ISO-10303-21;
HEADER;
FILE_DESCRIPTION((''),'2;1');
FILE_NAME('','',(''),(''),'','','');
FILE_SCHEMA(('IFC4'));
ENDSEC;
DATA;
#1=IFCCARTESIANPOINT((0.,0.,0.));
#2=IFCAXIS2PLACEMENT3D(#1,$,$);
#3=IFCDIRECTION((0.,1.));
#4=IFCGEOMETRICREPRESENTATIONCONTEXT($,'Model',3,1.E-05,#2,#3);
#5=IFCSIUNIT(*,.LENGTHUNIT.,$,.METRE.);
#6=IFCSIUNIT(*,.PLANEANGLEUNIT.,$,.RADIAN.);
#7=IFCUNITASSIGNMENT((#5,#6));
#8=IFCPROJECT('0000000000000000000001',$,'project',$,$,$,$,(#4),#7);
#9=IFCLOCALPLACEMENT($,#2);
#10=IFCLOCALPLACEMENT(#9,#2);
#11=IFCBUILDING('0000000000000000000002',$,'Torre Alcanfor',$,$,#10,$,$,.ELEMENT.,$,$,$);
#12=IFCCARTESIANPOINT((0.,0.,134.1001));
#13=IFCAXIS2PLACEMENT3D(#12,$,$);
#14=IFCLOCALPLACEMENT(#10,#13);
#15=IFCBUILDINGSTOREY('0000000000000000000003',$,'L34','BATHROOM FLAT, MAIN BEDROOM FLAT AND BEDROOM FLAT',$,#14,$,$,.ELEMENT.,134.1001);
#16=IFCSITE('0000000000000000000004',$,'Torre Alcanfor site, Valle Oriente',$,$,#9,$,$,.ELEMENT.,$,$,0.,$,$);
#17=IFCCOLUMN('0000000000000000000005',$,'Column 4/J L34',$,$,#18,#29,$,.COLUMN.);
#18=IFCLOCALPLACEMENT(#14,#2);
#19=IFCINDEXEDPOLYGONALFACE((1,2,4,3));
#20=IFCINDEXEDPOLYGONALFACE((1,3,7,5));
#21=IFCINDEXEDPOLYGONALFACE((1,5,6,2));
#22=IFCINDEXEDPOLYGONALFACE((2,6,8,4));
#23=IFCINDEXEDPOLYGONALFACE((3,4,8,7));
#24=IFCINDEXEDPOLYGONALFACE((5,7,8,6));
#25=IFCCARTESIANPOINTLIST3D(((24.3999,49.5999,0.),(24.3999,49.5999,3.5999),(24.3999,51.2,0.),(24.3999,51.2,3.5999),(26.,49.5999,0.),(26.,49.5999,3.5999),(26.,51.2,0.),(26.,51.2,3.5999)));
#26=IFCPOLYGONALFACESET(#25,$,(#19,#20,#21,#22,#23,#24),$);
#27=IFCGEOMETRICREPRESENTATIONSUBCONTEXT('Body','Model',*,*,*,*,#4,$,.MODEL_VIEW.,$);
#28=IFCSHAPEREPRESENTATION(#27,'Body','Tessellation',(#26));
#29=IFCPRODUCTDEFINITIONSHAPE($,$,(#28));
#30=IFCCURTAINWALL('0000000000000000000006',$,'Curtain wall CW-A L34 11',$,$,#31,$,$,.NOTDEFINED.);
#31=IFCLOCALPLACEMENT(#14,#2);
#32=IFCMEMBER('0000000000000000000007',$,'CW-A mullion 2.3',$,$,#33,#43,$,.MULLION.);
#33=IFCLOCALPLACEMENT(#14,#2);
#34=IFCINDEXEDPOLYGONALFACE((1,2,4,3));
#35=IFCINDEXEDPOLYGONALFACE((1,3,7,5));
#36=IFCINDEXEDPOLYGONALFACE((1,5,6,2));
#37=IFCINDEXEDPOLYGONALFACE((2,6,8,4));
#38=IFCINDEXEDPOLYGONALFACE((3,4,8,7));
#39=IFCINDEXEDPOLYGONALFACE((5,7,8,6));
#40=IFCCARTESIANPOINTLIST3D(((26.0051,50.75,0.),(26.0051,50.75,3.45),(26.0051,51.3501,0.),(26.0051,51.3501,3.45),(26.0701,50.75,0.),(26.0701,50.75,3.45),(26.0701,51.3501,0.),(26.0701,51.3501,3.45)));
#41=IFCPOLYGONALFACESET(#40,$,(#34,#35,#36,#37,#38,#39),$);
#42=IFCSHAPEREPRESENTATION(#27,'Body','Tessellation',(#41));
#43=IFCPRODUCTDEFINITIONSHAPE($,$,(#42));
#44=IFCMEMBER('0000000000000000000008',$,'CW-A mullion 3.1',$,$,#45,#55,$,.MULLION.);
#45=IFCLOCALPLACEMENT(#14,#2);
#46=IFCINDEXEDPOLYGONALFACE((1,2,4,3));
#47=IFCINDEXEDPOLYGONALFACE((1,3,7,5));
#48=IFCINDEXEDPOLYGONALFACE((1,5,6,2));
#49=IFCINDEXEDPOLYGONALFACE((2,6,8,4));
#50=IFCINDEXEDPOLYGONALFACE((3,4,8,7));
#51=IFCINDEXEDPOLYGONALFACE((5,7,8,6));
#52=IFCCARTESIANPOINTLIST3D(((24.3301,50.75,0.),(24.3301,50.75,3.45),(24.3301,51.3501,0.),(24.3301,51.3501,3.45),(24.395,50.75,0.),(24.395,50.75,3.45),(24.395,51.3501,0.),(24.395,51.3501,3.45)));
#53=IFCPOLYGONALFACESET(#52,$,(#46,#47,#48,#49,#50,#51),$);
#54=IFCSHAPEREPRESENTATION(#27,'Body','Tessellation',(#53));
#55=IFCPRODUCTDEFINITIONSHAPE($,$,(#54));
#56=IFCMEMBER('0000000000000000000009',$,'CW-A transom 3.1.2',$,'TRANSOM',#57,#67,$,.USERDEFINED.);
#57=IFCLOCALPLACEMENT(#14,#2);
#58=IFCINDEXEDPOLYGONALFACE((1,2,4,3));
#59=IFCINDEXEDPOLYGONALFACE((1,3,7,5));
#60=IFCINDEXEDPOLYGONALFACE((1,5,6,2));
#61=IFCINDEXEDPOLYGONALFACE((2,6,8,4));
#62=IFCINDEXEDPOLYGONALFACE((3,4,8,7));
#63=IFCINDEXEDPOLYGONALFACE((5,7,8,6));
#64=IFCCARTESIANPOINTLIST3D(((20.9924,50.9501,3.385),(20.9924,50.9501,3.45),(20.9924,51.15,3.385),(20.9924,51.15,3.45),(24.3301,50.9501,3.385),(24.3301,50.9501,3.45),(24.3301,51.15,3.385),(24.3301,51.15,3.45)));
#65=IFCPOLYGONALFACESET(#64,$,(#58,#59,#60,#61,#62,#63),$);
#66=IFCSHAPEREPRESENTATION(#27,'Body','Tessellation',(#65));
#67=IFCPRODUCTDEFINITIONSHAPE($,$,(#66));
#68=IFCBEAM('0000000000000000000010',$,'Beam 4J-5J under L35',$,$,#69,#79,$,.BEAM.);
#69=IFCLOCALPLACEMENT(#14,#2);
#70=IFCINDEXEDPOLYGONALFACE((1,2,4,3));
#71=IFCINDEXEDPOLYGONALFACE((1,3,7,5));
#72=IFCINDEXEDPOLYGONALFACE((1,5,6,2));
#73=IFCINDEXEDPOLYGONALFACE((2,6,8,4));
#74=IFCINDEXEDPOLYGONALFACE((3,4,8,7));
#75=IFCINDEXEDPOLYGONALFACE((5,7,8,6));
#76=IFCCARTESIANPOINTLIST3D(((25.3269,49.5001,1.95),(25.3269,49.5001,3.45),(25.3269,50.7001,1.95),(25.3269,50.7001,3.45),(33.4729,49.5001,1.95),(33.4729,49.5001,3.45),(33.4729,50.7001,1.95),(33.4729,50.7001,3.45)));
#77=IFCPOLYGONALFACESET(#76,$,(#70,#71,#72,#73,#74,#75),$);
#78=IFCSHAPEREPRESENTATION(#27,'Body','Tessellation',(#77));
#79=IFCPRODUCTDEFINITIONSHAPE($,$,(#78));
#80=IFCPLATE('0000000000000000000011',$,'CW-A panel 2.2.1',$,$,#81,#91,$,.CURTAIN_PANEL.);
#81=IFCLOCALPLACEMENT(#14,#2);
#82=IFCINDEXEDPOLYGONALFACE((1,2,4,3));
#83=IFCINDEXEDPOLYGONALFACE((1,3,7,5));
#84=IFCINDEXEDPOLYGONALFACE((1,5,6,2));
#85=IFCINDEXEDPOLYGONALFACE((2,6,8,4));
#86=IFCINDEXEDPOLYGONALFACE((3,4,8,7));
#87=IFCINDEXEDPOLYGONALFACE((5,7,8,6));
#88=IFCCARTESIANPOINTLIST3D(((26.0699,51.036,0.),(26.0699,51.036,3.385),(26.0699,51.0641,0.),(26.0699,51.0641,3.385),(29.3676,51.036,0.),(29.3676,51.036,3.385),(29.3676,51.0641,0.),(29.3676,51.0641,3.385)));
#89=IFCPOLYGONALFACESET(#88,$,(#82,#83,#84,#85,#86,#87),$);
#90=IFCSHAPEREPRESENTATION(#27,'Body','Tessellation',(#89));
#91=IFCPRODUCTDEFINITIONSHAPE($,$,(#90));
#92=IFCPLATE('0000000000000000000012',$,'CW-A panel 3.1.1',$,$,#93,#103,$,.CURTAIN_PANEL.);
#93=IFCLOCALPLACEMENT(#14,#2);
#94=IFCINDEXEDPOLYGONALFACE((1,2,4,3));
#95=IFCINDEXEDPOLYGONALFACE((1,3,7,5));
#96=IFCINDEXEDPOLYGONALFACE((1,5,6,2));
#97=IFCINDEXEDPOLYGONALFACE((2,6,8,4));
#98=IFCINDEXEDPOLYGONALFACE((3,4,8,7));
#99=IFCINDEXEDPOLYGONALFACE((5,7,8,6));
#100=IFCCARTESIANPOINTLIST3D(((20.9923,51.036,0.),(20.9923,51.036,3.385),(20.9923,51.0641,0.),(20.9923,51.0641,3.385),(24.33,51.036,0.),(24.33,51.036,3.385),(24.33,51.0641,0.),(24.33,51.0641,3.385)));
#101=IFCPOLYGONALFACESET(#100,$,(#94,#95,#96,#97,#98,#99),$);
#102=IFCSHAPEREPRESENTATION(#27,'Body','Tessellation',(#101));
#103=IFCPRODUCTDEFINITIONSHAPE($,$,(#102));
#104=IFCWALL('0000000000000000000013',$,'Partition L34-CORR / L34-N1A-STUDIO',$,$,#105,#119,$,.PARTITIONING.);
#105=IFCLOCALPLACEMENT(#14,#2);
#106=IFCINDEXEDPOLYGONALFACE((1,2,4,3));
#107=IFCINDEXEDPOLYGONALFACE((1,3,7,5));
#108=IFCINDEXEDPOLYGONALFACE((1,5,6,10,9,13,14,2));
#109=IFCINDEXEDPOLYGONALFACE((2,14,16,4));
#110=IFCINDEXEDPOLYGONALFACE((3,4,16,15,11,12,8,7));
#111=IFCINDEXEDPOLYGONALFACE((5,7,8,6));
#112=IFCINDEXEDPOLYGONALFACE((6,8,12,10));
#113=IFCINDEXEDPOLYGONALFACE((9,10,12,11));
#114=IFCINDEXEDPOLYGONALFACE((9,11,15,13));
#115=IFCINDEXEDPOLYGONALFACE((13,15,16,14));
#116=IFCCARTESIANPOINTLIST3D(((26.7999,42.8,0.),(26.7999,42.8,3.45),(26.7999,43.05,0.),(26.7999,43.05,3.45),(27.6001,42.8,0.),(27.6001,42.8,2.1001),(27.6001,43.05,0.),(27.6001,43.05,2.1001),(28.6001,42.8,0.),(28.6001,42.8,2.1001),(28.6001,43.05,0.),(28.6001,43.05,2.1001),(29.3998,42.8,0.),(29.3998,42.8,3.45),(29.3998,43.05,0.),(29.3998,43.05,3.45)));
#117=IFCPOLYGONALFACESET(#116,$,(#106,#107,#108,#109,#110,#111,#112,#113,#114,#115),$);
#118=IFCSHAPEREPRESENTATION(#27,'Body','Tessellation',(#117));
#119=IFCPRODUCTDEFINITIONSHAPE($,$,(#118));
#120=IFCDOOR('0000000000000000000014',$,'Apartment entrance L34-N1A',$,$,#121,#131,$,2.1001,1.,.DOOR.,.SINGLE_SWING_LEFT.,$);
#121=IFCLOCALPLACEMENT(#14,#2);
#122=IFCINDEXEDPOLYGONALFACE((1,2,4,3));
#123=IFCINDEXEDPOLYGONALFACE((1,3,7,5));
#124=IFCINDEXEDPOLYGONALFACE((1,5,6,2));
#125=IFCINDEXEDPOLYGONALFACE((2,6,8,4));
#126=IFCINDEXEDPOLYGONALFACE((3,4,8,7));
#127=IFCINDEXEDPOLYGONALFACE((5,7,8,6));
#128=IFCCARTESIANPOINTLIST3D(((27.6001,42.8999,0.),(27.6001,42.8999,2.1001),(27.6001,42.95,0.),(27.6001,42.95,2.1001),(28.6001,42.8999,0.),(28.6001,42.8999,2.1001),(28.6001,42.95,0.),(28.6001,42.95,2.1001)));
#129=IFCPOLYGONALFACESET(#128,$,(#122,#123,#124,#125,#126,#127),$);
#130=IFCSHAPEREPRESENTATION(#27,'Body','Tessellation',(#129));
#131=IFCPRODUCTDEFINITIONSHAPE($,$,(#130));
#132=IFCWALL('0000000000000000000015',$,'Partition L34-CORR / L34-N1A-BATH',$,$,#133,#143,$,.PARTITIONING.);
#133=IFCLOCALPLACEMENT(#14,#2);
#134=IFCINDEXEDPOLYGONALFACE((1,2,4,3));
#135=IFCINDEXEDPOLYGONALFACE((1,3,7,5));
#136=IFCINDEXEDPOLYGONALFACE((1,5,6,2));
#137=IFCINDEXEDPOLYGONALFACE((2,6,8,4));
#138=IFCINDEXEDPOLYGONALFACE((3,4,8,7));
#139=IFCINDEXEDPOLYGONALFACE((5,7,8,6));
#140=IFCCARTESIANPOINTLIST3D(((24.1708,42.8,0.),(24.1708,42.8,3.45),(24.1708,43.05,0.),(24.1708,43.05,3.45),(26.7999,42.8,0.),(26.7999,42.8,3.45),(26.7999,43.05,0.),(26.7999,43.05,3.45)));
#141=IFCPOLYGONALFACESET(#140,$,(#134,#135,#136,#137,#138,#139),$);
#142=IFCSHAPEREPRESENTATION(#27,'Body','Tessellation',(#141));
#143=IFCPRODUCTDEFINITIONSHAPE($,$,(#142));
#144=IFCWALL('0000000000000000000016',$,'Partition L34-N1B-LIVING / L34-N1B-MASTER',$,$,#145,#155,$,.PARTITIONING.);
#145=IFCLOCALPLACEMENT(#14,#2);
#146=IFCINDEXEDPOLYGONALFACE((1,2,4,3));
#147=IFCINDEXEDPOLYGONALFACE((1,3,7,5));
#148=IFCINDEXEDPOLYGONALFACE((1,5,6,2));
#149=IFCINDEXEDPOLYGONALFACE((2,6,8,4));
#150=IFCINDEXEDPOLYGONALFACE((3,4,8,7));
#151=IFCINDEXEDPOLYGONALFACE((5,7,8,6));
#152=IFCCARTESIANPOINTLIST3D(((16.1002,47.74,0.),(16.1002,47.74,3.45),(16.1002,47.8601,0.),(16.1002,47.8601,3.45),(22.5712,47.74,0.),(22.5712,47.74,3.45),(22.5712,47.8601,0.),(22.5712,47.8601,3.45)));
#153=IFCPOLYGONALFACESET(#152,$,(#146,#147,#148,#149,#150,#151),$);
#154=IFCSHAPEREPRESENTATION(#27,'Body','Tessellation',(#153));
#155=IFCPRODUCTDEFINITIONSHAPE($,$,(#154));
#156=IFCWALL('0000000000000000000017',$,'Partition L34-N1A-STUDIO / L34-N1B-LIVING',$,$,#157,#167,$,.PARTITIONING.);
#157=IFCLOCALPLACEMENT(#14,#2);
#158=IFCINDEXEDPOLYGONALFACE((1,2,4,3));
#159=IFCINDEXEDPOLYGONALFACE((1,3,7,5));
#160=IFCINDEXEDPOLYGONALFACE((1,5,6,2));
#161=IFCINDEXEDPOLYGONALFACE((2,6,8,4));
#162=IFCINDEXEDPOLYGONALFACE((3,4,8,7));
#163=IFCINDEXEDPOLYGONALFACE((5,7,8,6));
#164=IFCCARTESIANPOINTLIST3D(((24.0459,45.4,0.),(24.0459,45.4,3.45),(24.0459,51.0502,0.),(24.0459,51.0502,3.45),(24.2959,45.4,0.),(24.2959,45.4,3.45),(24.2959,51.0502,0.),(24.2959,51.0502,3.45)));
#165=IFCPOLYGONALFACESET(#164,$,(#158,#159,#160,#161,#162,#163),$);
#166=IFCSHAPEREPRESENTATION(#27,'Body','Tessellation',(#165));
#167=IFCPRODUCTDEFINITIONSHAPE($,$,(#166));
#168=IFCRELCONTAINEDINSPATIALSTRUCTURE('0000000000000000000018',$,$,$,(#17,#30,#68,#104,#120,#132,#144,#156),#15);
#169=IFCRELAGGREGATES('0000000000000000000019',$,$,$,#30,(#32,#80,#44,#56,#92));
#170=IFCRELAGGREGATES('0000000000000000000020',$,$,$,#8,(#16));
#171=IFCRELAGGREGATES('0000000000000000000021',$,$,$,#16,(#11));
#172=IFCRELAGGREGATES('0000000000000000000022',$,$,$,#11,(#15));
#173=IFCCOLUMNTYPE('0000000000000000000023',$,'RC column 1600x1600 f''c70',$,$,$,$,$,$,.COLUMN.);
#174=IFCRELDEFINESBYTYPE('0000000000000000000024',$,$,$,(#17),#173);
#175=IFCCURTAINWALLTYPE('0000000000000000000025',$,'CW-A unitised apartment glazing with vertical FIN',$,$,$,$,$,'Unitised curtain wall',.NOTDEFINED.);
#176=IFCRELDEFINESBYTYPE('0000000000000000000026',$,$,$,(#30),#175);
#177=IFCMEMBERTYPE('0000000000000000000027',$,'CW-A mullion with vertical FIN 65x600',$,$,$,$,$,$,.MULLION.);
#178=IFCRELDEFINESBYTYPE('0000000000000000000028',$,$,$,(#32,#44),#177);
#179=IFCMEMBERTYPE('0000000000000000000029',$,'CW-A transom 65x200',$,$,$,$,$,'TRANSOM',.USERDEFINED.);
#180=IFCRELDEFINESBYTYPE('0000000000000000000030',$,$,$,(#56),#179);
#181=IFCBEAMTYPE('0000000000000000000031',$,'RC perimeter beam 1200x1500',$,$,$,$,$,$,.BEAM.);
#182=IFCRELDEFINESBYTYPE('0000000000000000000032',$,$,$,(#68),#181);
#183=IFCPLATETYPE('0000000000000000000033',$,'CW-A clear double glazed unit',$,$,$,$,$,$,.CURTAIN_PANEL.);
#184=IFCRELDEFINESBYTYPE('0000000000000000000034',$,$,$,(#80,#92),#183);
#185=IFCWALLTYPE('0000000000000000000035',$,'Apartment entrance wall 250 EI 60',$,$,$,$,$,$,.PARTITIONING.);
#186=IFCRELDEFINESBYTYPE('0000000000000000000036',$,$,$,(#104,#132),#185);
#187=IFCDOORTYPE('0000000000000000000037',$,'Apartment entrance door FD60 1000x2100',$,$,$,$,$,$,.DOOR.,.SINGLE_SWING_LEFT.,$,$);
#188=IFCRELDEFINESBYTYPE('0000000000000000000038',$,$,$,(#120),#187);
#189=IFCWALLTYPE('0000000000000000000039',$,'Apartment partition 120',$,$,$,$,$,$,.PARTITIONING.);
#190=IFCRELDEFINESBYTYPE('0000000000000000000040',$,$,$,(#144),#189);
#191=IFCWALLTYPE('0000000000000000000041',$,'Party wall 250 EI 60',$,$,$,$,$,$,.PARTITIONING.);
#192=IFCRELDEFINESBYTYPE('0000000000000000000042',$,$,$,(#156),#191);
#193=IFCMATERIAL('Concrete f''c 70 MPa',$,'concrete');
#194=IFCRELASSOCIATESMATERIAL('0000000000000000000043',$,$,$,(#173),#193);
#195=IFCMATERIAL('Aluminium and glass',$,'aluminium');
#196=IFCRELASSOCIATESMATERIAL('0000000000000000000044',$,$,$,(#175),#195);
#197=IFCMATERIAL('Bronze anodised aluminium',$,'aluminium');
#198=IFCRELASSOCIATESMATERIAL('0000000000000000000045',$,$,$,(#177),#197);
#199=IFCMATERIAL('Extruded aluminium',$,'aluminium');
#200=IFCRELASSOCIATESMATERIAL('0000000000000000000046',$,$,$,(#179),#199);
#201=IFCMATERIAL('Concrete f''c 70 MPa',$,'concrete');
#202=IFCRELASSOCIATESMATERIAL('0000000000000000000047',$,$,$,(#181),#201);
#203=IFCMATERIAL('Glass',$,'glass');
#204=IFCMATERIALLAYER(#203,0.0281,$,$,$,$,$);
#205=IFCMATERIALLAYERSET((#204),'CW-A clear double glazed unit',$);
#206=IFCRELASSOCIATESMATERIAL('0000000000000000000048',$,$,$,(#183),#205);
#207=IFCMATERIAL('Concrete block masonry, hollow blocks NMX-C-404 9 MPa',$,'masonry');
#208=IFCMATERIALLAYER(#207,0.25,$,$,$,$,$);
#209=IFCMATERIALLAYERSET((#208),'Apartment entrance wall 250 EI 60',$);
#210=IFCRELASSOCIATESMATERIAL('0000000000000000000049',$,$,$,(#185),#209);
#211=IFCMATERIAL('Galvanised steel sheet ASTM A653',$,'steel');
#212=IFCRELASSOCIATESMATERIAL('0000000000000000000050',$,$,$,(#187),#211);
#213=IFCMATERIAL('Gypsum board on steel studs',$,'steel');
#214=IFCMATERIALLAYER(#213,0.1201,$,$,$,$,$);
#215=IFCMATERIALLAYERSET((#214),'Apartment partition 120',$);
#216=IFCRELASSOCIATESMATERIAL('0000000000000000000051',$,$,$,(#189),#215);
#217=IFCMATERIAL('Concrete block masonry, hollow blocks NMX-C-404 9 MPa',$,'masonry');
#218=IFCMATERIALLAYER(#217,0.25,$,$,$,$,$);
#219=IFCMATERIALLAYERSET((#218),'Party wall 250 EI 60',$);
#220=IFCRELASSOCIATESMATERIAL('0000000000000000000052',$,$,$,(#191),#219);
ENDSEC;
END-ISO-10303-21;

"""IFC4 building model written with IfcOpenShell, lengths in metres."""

from ifc_helpers import new_model, si_unit, direction, frame, frame_2d, origin, origin_2d, place, context, subcontext, project, spatial, rectangle, extrude, material, layer, layer_set, material_profile, profile_set, type_object, element, fill, aggregate, save


model = new_model("IFC4")

# Units and contexts
model_context = context("Model", 3, precision=1e-05, world=origin(), true_north=direction((0.0, 1.0)))
body_context = subcontext(model_context, "Body", "Model", "MODEL_VIEW")
ifc_project = project(units=[si_unit("LENGTHUNIT", "METRE"), si_unit("PLANEANGLEUNIT", "RADIAN")], contexts=[model_context])

# Site, building, storey
site_placement = place(None, origin())
site = spatial("IfcSite", under=ifc_project, at=site_placement, Name="Torre Alcanfor site, Valle Oriente", CompositionType="ELEMENT", RefElevation=0.0)
building_placement = place(site_placement, origin())
building = spatial("IfcBuilding", under=site, at=building_placement, Name="Torre Alcanfor", CompositionType="ELEMENT")
storey_placement = place(building_placement, frame((0.0, 0.0, 134.1001)))
storey = spatial("IfcBuildingStorey", under=building, at=storey_placement, Name="L34", Description="BATHROOM FLAT, MAIN BEDROOM FLAT AND BEDROOM FLAT", CompositionType="ELEMENT", Elevation=134.1001)

# Column
ifc_material_1 = material(Name="Concrete f'c 70 MPa", Category="concrete")
ifc_material_profile_1 = material_profile(ifc_material_1, rectangle(XDim=1.6001, YDim=1.6001, at=origin_2d()), Name="1600x1600")
ifc_profile_set_1 = profile_set([ifc_material_profile_1], Name="Concrete f'c 70 MPa")
column_type = type_object("IfcColumnType", Name="RC column 1600x1600 f'c70", PredefinedType="COLUMN", material=ifc_profile_set_1)
column_placement = place(storey_placement, frame((25.2, 50.3999, 0.0), z_axis=(0.0, 0.0, 1.0), x_axis=(1.0, 0.0, 0.0)))
element("IfcColumn", 1, at=column_placement, inside=storey, type_object=column_type, Name="Column 4/J L34", PredefinedType="COLUMN", context=body_context, shape_type="SweptSolid", body=[
    extrude(rectangle(XDim=1.6001, YDim=1.6001, at=origin_2d()), origin(), (0.0, 0.0, 1.0), 3.5999),
])

# Curtain wall, members
ifc_material_2 = material(Name="Aluminium and glass", Category="aluminium")
curtain_wall_type = type_object("IfcCurtainWallType", Name="CW-A unitised apartment glazing with vertical FIN", ElementType="Unitised curtain wall", PredefinedType="NOTDEFINED", material=ifc_material_2)
curtain_wall_placement = place(storey_placement, origin())
curtain_wall = element("IfcCurtainWall", 2, at=curtain_wall_placement, inside=storey, type_object=curtain_wall_type, Name="Curtain wall CW-A L34 11", PredefinedType="NOTDEFINED")
ifc_material_3 = material(Name="Bronze anodised aluminium", Category="aluminium")
ifc_material_profile_2 = material_profile(ifc_material_3, rectangle(XDim=0.6001, YDim=0.0649, at=origin_2d()), Name="CW-A mullion 65x600")
ifc_profile_set_2 = profile_set([ifc_material_profile_2], Name="Bronze anodised aluminium")
member_type_1 = type_object("IfcMemberType", Name="CW-A mullion with vertical FIN 65x600", PredefinedType="MULLION", material=ifc_profile_set_2)
member_1_placement = place(storey_placement, frame((26.0376, 51.05, 0.0), z_axis=(0.0, 0.0, 1.0), x_axis=(0.0, -1.0, 0.0)))
member_1 = element("IfcMember", 3, at=member_1_placement, type_object=member_type_1, Name="CW-A mullion 2.3", PredefinedType="MULLION", context=body_context, shape_type="SweptSolid", body=[
    extrude(rectangle(XDim=0.6001, YDim=0.0649, at=origin_2d()), origin(), (0.0, 0.0, 1.0), 3.45),
])
member_2_placement = place(storey_placement, frame((24.3625, 51.05, 0.0), z_axis=(0.0, 0.0, 1.0), x_axis=(0.0, -1.0, 0.0)))
member_2 = element("IfcMember", 4, at=member_2_placement, type_object=member_type_1, Name="CW-A mullion 3.1", PredefinedType="MULLION", context=body_context, shape_type="SweptSolid", body=[
    extrude(rectangle(XDim=0.6001, YDim=0.0649, at=origin_2d()), origin(), (0.0, 0.0, 1.0), 3.45),
])
ifc_material_4 = material(Name="Extruded aluminium", Category="aluminium")
ifc_material_profile_3 = material_profile(ifc_material_4, rectangle(XDim=0.2, YDim=0.0649, at=origin_2d()), Name="CW-A transom 200x65")
ifc_profile_set_3 = profile_set([ifc_material_profile_3], Name="Extruded aluminium")
member_type_2 = type_object("IfcMemberType", Name="CW-A transom 65x200", ElementType="TRANSOM", PredefinedType="USERDEFINED", material=ifc_profile_set_3)
member_3_placement = place(storey_placement, frame((24.3301, 51.05, 3.4175), z_axis=(-1.0, 0.0, 0.0), x_axis=(0.0, -1.0, 0.0)))
member_3 = element("IfcMember", 5, at=member_3_placement, type_object=member_type_2, Name="CW-A transom 3.1.2", ObjectType="TRANSOM", PredefinedType="USERDEFINED", context=body_context, shape_type="SweptSolid", body=[
    extrude(rectangle(XDim=0.2, YDim=0.0649, at=origin_2d()), origin(), (0.0, 0.0, 1.0), 3.3376),
])

# Beam
ifc_material_5 = material(Name="Concrete f'c 70 MPa", Category="concrete")
ifc_material_profile_4 = material_profile(ifc_material_5, rectangle(XDim=1.2, YDim=1.5, at=origin_2d()), Name="1200x1500")
ifc_profile_set_4 = profile_set([ifc_material_profile_4], Name="Concrete f'c 70 MPa")
beam_type = type_object("IfcBeamType", Name="RC perimeter beam 1200x1500", PredefinedType="BEAM", material=ifc_profile_set_4)
beam_placement = place(storey_placement, frame((25.3269, 50.1001, 2.7), z_axis=(1.0, 0.0, 0.0), x_axis=(0.0, 1.0, 0.0)))
element("IfcBeam", 6, at=beam_placement, inside=storey, type_object=beam_type, Name="Beam 4J-5J under L35", PredefinedType="BEAM", context=body_context, shape_type="SweptSolid", body=[
    extrude(rectangle(XDim=1.2, YDim=1.5, at=origin_2d()), origin(), (0.0, 0.0, 1.0), 8.146),
])

# Plates
ifc_material_6 = material(Name="Glass", Category="glass")
ifc_layer_1 = layer(ifc_material_6, 0.0281)
ifc_layer_set_1 = layer_set([ifc_layer_1], Name="CW-A clear double glazed unit")
plate_type = type_object("IfcPlateType", Name="CW-A clear double glazed unit", PredefinedType="CURTAIN_PANEL", material=ifc_layer_set_1)
plate_1_placement = place(storey_placement, frame((27.7188, 51.05, 0.0), z_axis=(0.0, 0.0, 1.0), x_axis=(-1.0, 0.0, 0.0)))
plate_1 = element("IfcPlate", 7, at=plate_1_placement, type_object=plate_type, Name="CW-A panel 2.2.1", PredefinedType="CURTAIN_PANEL", context=body_context, shape_type="SweptSolid", body=[
    extrude(rectangle(XDim=3.2976, YDim=0.0281, at=origin_2d()), origin(), (0.0, 0.0, 1.0), 3.385),
])
plate_2_placement = place(storey_placement, frame((22.6611, 51.05, 0.0), z_axis=(0.0, 0.0, 1.0), x_axis=(-1.0, 0.0, 0.0)))
plate_2 = element("IfcPlate", 8, at=plate_2_placement, type_object=plate_type, Name="CW-A panel 3.1.1", PredefinedType="CURTAIN_PANEL", context=body_context, shape_type="SweptSolid", body=[
    extrude(rectangle(XDim=3.3376, YDim=0.0281, at=origin_2d()), origin(), (0.0, 0.0, 1.0), 3.385),
])
aggregate(curtain_wall, [member_1, plate_1, member_2, member_3, plate_2])

# Wall, opening, door
ifc_material_7 = material(Name="Concrete block masonry, hollow blocks NMX-C-404 9 MPa", Category="masonry")
ifc_layer_2 = layer(ifc_material_7, 0.25)
ifc_layer_set_2 = layer_set([ifc_layer_2], Name="Apartment entrance wall 250 EI 60")
wall_type_1 = type_object("IfcWallType", Name="Apartment entrance wall 250 EI 60", PredefinedType="PARTITIONING", material=ifc_layer_set_2)
wall_1_placement = place(storey_placement, frame((26.8, 42.925, 0.0), z_axis=(0.0, 0.0, 1.0), x_axis=(1.0, 0.0, 0.0)))
wall_1 = element("IfcWall", 9, at=wall_1_placement, inside=storey, type_object=wall_type_1, Name="Partition L34-CORR / L34-N1A-STUDIO", PredefinedType="PARTITIONING", context=body_context, shape_type="SweptSolid", body=[
    extrude(rectangle(XDim=2.5999, YDim=0.25, at=frame_2d((1.2998, 0.0))), origin(), (0.0, 0.0, 1.0), 3.45),
])
opening_1_placement = place(wall_1_placement, frame((0.8, 0.0, 0.0)))
opening_1 = element("IfcOpeningElement", 10, at=opening_1_placement, cuts=wall_1, PredefinedType="OPENING", context=body_context, shape_type="SweptSolid", body=[
    extrude(rectangle(XDim=1.0, YDim=2.1001, at=frame_2d((0.5, 1.05))), frame((0.0, 0.135, 0.0), z_axis=(0.0, -1.0, 0.0), x_axis=(1.0, 0.0, 0.0)), (0.0, 0.0, 1.0), 0.27),
])
ifc_material_8 = material(Name="Galvanised steel sheet ASTM A653", Category="steel")
door_type_1 = type_object("IfcDoorType", Name="Apartment entrance door FD60 1000x2100", OperationType="SINGLE_SWING_LEFT", PredefinedType="DOOR", material=ifc_material_8)
door_1_placement = place(opening_1_placement, origin())
door_1 = element("IfcDoor", 11, at=door_1_placement, inside=storey, type_object=door_type_1, Name="Apartment entrance L34-N1A", OperationType="SINGLE_SWING_LEFT", OverallHeight=2.1001, OverallWidth=1.0, PredefinedType="DOOR", context=body_context, shape_type="SweptSolid", body=[
    extrude(rectangle(XDim=1.0, YDim=2.1001, at=frame_2d((0.5, 1.05))), frame((0.0, 0.0249, 0.0), z_axis=(0.0, -1.0, 0.0), x_axis=(1.0, 0.0, 0.0)), (0.0, 0.0, 1.0), 0.05),
])
fill(opening_1, door_1)

# Walls
wall_2_placement = place(storey_placement, frame((24.1709, 42.925, 0.0), z_axis=(0.0, 0.0, 1.0), x_axis=(1.0, 0.0, 0.0)))
element("IfcWall", 12, at=wall_2_placement, inside=storey, type_object=wall_type_1, Name="Partition L34-CORR / L34-N1A-BATH", PredefinedType="PARTITIONING", context=body_context, shape_type="SweptSolid", body=[
    extrude(rectangle(XDim=2.6292, YDim=0.25, at=frame_2d((1.3145, 0.0))), origin(), (0.0, 0.0, 1.0), 3.45),
])
ifc_material_9 = material(Name="Gypsum board on steel studs", Category="steel")
ifc_layer_3 = layer(ifc_material_9, 0.1201)
ifc_layer_set_3 = layer_set([ifc_layer_3], Name="Apartment partition 120")
wall_type_2 = type_object("IfcWallType", Name="Apartment partition 120", PredefinedType="PARTITIONING", material=ifc_layer_set_3)
wall_3_placement = place(storey_placement, frame((22.571, 47.8, 0.0), z_axis=(0.0, 0.0, 1.0), x_axis=(-1.0, 0.0, 0.0)))
element("IfcWall", 13, at=wall_3_placement, inside=storey, type_object=wall_type_2, Name="Partition L34-N1B-LIVING / L34-N1B-MASTER", PredefinedType="PARTITIONING", context=body_context, shape_type="SweptSolid", body=[
    extrude(rectangle(XDim=6.4709, YDim=0.1201, at=frame_2d((3.2354, 0.0))), origin(), (0.0, 0.0, 1.0), 3.45),
])
ifc_material_10 = material(Name="Concrete block masonry, hollow blocks NMX-C-404 9 MPa", Category="masonry")
ifc_layer_4 = layer(ifc_material_10, 0.25)
ifc_layer_set_4 = layer_set([ifc_layer_4], Name="Party wall 250 EI 60")
wall_type_3 = type_object("IfcWallType", Name="Party wall 250 EI 60", PredefinedType="PARTITIONING", material=ifc_layer_set_4)
wall_4_placement = place(storey_placement, frame((24.1709, 45.3999, 0.0), z_axis=(0.0, 0.0, 1.0), x_axis=(0.0, 1.0, 0.0)))
element("IfcWall", 14, at=wall_4_placement, inside=storey, type_object=wall_type_3, Name="Partition L34-N1A-STUDIO / L34-N1B-LIVING", PredefinedType="PARTITIONING", context=body_context, shape_type="SweptSolid", body=[
    extrude(rectangle(XDim=5.6501, YDim=0.25, at=frame_2d((2.8252, 0.0))), origin(), (0.0, 0.0, 1.0), 3.45),
])

save(model, "model.ifc")
